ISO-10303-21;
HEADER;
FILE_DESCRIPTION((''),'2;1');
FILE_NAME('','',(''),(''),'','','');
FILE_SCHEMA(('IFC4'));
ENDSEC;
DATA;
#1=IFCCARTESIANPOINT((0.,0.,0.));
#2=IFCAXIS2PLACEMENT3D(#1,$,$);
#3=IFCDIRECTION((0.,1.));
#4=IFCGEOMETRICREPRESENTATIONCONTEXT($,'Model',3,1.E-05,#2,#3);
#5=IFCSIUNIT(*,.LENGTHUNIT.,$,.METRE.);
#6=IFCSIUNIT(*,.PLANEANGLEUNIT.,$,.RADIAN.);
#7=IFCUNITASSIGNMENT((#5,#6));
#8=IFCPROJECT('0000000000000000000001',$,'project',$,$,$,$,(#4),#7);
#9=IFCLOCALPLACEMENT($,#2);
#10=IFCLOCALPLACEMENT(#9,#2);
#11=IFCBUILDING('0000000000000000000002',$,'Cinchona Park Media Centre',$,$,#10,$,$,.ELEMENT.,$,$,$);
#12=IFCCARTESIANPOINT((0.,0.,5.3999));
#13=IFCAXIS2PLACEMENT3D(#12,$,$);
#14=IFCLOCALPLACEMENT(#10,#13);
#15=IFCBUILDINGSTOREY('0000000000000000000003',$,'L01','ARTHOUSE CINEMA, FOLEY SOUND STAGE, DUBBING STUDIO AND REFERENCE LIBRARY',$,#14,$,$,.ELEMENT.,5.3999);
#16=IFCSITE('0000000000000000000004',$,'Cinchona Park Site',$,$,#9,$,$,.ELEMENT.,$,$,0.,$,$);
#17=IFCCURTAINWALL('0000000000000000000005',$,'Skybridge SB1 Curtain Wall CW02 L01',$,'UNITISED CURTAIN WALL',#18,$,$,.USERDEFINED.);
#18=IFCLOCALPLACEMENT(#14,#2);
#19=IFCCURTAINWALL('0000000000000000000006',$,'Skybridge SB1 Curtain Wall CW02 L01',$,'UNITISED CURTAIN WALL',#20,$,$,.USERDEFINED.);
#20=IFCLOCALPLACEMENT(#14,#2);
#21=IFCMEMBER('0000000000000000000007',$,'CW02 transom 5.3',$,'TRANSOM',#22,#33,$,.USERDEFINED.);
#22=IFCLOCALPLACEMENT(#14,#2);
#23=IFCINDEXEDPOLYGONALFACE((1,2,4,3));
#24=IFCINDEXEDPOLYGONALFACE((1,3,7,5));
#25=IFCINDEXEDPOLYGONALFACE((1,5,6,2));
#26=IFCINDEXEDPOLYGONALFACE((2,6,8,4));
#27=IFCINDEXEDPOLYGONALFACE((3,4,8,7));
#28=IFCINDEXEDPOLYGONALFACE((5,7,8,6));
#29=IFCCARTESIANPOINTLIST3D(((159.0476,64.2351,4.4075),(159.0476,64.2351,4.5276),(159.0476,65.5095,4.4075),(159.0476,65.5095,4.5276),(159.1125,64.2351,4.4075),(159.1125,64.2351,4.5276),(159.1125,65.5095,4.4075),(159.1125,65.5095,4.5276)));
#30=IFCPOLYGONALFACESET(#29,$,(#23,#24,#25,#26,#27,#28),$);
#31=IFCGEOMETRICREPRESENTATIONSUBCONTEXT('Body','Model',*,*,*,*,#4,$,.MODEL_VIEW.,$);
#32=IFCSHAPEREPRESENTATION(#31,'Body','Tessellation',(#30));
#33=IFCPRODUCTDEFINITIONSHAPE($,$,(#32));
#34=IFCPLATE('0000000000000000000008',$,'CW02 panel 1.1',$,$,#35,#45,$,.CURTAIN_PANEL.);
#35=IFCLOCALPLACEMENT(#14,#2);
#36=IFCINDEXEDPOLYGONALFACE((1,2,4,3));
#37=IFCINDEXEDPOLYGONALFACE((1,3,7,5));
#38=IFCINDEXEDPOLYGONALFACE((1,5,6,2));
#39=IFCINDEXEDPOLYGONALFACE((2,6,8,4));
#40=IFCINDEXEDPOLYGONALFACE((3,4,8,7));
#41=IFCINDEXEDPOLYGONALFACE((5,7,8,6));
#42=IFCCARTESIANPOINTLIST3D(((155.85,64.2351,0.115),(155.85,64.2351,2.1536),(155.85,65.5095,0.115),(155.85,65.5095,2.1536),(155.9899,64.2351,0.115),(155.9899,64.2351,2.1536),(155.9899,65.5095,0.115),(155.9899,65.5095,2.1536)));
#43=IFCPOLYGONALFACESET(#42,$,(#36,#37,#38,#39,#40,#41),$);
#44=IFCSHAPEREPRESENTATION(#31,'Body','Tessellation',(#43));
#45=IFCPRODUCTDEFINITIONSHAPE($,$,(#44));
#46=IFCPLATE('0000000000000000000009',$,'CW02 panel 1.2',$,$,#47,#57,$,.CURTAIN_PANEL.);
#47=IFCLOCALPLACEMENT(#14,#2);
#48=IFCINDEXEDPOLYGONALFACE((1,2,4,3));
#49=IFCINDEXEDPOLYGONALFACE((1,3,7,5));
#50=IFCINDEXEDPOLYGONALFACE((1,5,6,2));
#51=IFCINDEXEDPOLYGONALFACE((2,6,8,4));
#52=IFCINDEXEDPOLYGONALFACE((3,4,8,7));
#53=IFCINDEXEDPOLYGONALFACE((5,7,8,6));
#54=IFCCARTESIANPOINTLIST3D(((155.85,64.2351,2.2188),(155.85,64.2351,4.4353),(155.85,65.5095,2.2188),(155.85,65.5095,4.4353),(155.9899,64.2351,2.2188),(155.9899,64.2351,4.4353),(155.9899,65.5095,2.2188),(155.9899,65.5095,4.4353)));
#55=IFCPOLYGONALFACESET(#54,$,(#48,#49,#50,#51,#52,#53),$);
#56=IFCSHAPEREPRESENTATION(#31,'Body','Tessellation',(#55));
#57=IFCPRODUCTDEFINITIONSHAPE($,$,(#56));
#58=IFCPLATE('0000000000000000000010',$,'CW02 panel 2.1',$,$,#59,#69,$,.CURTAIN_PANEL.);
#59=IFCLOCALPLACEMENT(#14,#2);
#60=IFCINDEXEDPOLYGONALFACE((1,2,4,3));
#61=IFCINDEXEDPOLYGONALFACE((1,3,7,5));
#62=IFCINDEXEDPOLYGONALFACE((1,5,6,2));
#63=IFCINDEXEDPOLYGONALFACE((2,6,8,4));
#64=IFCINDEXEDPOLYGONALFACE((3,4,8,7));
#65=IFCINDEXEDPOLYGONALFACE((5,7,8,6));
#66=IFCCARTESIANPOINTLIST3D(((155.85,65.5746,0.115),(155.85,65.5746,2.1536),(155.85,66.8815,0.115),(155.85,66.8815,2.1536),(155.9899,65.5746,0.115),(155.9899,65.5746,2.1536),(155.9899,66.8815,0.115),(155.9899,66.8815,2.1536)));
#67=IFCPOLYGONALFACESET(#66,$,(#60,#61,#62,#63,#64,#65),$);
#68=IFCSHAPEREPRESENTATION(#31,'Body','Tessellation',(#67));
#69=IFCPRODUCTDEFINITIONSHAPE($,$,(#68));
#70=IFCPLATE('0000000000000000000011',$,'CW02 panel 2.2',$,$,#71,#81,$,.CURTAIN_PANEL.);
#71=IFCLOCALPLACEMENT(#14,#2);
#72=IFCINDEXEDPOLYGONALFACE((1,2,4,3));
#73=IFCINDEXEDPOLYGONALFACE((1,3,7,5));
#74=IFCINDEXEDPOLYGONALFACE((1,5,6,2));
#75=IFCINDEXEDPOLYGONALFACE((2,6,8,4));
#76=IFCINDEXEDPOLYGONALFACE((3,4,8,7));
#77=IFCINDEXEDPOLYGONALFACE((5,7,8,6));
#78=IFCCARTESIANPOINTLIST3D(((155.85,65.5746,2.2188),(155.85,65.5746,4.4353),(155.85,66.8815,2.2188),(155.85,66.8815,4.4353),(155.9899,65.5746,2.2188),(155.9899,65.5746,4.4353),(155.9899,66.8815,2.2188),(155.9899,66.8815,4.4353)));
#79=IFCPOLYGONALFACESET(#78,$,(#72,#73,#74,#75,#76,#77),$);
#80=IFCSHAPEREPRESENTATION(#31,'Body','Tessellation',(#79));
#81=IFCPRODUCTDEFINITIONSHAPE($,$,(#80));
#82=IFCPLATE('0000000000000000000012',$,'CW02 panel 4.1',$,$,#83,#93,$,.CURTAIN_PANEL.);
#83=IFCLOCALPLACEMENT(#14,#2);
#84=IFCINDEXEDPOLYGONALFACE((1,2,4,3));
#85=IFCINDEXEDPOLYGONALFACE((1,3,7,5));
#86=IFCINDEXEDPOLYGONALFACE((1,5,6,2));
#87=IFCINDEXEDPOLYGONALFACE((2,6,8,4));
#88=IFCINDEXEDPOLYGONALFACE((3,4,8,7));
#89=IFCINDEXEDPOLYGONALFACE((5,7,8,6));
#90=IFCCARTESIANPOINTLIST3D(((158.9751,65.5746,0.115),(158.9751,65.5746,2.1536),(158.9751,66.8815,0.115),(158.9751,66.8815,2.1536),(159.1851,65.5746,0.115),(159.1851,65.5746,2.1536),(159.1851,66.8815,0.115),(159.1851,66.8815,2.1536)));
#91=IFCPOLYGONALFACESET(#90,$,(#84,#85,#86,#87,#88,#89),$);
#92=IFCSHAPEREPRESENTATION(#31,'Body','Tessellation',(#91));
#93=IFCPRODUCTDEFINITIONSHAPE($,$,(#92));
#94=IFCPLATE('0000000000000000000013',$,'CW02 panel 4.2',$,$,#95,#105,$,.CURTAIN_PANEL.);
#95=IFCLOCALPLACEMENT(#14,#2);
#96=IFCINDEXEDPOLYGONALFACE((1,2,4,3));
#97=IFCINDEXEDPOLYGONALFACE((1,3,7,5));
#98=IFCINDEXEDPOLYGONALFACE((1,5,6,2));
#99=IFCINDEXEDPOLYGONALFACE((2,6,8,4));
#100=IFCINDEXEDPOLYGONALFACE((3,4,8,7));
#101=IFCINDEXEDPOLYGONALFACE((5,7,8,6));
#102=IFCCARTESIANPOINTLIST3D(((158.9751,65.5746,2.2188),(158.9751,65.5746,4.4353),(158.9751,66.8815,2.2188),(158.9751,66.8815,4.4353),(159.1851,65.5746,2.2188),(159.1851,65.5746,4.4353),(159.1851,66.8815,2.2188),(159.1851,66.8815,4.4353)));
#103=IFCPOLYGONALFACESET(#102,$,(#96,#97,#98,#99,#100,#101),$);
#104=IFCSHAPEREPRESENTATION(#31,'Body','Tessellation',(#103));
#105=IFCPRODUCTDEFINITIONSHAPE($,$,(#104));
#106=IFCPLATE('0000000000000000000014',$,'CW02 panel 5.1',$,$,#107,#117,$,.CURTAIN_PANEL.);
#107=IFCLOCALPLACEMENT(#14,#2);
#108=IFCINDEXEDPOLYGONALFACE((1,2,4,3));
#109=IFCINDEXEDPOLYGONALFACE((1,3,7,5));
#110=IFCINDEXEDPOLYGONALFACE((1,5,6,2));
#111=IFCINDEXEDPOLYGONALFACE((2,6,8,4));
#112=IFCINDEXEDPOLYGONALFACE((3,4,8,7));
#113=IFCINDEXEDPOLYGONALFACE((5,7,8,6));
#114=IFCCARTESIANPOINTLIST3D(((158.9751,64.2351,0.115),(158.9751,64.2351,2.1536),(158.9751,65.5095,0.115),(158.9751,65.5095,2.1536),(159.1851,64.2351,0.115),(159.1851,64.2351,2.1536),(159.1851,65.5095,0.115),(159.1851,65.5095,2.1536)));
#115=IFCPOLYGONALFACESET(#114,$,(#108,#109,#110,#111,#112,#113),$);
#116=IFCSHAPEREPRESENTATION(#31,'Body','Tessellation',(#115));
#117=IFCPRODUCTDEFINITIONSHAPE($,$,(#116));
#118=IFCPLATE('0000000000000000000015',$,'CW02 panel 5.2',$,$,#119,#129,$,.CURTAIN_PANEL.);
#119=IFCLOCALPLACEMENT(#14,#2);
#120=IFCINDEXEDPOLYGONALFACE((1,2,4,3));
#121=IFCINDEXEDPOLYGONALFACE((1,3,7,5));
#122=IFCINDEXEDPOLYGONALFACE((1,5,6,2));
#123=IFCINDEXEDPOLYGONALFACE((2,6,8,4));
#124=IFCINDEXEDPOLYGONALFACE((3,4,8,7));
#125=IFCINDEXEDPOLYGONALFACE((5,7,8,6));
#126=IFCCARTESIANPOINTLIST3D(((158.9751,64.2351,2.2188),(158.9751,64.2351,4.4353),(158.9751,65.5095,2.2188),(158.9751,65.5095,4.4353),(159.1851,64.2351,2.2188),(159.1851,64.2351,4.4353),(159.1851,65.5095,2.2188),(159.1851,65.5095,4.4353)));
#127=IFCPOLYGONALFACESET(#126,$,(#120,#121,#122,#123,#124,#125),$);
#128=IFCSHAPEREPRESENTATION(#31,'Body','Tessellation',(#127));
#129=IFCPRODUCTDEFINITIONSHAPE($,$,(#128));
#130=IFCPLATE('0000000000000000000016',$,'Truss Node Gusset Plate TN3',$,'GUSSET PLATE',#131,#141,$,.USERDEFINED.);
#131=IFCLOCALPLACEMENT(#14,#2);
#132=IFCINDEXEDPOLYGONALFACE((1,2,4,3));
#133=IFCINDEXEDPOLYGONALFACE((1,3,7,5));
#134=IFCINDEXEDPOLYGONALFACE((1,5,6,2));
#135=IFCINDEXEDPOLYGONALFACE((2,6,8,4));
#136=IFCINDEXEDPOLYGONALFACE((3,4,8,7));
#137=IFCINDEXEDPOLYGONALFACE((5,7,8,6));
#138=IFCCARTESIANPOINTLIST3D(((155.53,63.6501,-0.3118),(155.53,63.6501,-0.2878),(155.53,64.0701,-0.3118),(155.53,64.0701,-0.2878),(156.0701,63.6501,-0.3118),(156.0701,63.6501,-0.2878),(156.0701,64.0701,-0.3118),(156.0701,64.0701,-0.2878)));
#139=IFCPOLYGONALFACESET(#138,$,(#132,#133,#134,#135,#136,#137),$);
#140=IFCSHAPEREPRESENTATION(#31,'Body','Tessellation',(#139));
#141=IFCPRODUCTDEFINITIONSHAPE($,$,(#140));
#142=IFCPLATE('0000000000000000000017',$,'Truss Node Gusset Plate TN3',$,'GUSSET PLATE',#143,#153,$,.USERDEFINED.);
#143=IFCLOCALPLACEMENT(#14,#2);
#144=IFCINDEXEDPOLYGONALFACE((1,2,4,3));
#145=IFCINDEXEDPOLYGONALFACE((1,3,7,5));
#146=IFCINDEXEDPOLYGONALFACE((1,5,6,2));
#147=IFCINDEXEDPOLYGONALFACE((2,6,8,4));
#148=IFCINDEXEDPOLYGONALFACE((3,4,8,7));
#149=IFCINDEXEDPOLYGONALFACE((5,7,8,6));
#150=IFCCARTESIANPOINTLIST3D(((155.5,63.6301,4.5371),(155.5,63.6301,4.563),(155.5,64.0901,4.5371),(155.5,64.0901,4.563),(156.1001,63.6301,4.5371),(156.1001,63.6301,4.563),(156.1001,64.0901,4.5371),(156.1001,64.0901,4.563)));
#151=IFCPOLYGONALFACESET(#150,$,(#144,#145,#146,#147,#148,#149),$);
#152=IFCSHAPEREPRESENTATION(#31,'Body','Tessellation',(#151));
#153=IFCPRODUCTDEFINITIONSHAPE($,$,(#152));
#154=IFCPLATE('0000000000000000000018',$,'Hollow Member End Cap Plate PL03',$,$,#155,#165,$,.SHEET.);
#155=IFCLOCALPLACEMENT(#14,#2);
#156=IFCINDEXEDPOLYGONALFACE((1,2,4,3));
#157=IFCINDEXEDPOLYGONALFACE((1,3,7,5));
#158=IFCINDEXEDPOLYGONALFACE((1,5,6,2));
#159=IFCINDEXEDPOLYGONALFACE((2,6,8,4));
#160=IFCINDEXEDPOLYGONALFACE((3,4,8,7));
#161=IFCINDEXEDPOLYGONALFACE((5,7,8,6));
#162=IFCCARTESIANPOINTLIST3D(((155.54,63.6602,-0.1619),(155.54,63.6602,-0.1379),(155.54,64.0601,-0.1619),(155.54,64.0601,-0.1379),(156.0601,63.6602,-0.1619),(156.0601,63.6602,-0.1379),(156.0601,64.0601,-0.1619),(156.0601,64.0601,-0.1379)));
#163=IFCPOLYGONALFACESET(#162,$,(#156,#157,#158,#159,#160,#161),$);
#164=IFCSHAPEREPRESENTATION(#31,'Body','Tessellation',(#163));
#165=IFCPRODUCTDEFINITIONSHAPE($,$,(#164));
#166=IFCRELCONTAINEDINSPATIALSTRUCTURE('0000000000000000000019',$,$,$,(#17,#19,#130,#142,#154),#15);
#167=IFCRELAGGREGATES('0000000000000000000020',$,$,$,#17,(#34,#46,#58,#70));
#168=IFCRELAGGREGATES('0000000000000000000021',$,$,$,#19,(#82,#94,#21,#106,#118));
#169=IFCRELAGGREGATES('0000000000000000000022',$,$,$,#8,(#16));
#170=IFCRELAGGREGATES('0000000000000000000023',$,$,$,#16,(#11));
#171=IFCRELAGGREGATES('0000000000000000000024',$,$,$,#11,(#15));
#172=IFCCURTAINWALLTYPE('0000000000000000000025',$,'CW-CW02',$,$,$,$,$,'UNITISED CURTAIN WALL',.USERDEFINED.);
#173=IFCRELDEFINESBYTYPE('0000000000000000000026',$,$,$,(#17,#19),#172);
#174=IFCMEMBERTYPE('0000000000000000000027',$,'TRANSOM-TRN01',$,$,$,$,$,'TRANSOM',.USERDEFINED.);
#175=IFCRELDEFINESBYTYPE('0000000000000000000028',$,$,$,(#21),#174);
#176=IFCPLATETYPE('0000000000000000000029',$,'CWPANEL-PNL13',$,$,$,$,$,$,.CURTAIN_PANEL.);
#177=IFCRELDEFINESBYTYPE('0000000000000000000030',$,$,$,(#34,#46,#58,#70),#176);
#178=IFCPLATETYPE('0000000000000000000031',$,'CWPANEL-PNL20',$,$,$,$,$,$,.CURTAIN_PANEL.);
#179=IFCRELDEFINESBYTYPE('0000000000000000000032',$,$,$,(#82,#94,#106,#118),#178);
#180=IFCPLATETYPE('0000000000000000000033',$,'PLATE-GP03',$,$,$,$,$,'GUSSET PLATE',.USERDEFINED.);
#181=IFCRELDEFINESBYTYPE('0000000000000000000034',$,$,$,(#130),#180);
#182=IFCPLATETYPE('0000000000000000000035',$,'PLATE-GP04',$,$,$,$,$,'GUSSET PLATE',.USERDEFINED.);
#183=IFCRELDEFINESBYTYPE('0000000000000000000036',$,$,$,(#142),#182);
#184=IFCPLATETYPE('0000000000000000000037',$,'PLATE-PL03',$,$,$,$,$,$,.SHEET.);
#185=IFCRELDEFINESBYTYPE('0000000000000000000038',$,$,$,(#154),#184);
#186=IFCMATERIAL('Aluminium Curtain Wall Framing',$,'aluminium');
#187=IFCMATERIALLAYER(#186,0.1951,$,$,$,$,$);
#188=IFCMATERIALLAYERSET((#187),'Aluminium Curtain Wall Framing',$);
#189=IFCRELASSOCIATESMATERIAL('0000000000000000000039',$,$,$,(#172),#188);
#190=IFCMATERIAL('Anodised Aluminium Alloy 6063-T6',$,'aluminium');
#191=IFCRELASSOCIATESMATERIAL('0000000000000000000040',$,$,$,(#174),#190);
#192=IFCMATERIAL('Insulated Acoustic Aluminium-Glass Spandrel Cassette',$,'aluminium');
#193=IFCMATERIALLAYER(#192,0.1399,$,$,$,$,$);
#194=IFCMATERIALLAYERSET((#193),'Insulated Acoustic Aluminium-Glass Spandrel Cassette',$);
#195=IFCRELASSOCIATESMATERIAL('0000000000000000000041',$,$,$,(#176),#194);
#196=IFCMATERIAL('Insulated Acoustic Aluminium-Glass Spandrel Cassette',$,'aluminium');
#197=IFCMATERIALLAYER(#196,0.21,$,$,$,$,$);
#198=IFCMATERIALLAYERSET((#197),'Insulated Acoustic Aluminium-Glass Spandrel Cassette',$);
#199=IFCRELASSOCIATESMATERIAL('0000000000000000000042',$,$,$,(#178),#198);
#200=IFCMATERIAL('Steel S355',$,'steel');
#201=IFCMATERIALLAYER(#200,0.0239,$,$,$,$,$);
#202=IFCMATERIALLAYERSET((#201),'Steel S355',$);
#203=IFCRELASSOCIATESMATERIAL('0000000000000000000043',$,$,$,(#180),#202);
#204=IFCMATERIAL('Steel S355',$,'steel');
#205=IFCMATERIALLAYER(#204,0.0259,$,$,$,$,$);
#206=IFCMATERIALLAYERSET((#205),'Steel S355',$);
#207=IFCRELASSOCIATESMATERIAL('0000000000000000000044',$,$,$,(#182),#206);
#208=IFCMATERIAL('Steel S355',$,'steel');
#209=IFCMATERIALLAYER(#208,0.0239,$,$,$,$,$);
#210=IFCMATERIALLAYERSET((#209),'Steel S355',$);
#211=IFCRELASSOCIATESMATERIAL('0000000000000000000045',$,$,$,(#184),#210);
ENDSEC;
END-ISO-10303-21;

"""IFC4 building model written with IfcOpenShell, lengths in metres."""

from ifc_helpers import new_model, si_unit, direction, frame, origin, origin_2d, place, context, subcontext, project, spatial, rectangle, extrude, material, layer, layer_set, material_profile, profile_set, type_object, element, aggregate, save


model = new_model("IFC4")

# Units and contexts
model_context = context("Model", 3, precision=1e-05, world=origin(), true_north=direction((0.0, 1.0)))
body_context = subcontext(model_context, "Body", "Model", "MODEL_VIEW")
ifc_project = project(units=[si_unit("LENGTHUNIT", "METRE"), si_unit("PLANEANGLEUNIT", "RADIAN")], contexts=[model_context])

# Site, building, storey
site_placement = place(None, origin())
site = spatial("IfcSite", under=ifc_project, at=site_placement, Name="Cinchona Park Site", CompositionType="ELEMENT", RefElevation=0.0)
building_placement = place(site_placement, origin())
building = spatial("IfcBuilding", under=site, at=building_placement, Name="Cinchona Park Media Centre", CompositionType="ELEMENT")
storey_placement = place(building_placement, frame((0.0, 0.0, 5.3999)))
storey = spatial("IfcBuildingStorey", under=building, at=storey_placement, Name="L01", Description="ARTHOUSE CINEMA, FOLEY SOUND STAGE, DUBBING STUDIO AND REFERENCE LIBRARY", CompositionType="ELEMENT", Elevation=5.3999)

# Curtain walls
ifc_material_1 = material(Name="Aluminium Curtain Wall Framing", Category="aluminium")
ifc_layer_1 = layer(ifc_material_1, 0.1951)
ifc_layer_set_1 = layer_set([ifc_layer_1], Name="Aluminium Curtain Wall Framing")
curtain_wall_type = type_object("IfcCurtainWallType", Name="CW-CW02", ElementType="UNITISED CURTAIN WALL", PredefinedType="USERDEFINED", material=ifc_layer_set_1)
curtain_wall_1_placement = place(storey_placement, origin())
curtain_wall_1 = element("IfcCurtainWall", 1, at=curtain_wall_1_placement, inside=storey, type_object=curtain_wall_type, Name="Skybridge SB1 Curtain Wall CW02 L01", ObjectType="UNITISED CURTAIN WALL", PredefinedType="USERDEFINED")
curtain_wall_2_placement = place(storey_placement, origin())
curtain_wall_2 = element("IfcCurtainWall", 2, at=curtain_wall_2_placement, inside=storey, type_object=curtain_wall_type, Name="Skybridge SB1 Curtain Wall CW02 L01", ObjectType="UNITISED CURTAIN WALL", PredefinedType="USERDEFINED")

# Member
ifc_material_2 = material(Name="Anodised Aluminium Alloy 6063-T6", Category="aluminium")
ifc_material_profile_1 = material_profile(ifc_material_2, rectangle(XDim=0.0649, YDim=0.1201, at=origin_2d()), Name="TRN-65X120")
ifc_profile_set_1 = profile_set([ifc_material_profile_1], Name="Anodised Aluminium Alloy 6063-T6")
member_type_1 = type_object("IfcMemberType", Name="TRANSOM-TRN01", ElementType="TRANSOM", PredefinedType="USERDEFINED", material=ifc_profile_set_1)
member_1_placement = place(storey_placement, frame((159.0801, 65.5095, 4.4675), z_axis=(0.0, -1.0, 0.0), x_axis=(1.0, 0.0, 0.0)))
member_1 = element("IfcMember", 3, at=member_1_placement, type_object=member_type_1, Name="CW02 transom 5.3", ObjectType="TRANSOM", PredefinedType="USERDEFINED", context=body_context, shape_type="SweptSolid", body=[
    extrude(rectangle(XDim=0.0649, YDim=0.1201, at=origin_2d()), origin(), (0.0, 0.0, 1.0), 1.2744),
])

# Plates
ifc_material_3 = material(Name="Insulated Acoustic Aluminium-Glass Spandrel Cassette", Category="aluminium")
ifc_layer_2 = layer(ifc_material_3, 0.1399)
ifc_layer_set_2 = layer_set([ifc_layer_2], Name="Insulated Acoustic Aluminium-Glass Spandrel Cassette")
plate_type_1 = type_object("IfcPlateType", Name="CWPANEL-PNL13", PredefinedType="CURTAIN_PANEL", material=ifc_layer_set_2)
plate_1_placement = place(storey_placement, frame((155.9199, 64.8723, 0.115), z_axis=(0.0, 0.0, 1.0), x_axis=(0.0, 1.0, 0.0)))
plate_1 = element("IfcPlate", 4, at=plate_1_placement, type_object=plate_type_1, Name="CW02 panel 1.1", PredefinedType="CURTAIN_PANEL", context=body_context, shape_type="SweptSolid", body=[
    extrude(rectangle(XDim=1.2744, YDim=0.1399, at=origin_2d()), origin(), (0.0, 0.0, 1.0), 2.0386),
])
plate_2_placement = place(storey_placement, frame((155.9199, 64.8723, 2.2188), z_axis=(0.0, 0.0, 1.0), x_axis=(0.0, 1.0, 0.0)))
plate_2 = element("IfcPlate", 5, at=plate_2_placement, type_object=plate_type_1, Name="CW02 panel 1.2", PredefinedType="CURTAIN_PANEL", context=body_context, shape_type="SweptSolid", body=[
    extrude(rectangle(XDim=1.2744, YDim=0.1399, at=origin_2d()), origin(), (0.0, 0.0, 1.0), 2.2166),
])
plate_3_placement = place(storey_placement, frame((155.9199, 66.228, 0.115), z_axis=(0.0, 0.0, 1.0), x_axis=(0.0, 1.0, 0.0)))
plate_3 = element("IfcPlate", 6, at=plate_3_placement, type_object=plate_type_1, Name="CW02 panel 2.1", PredefinedType="CURTAIN_PANEL", context=body_context, shape_type="SweptSolid", body=[
    extrude(rectangle(XDim=1.3069, YDim=0.1399, at=origin_2d()), origin(), (0.0, 0.0, 1.0), 2.0386),
])
plate_4_placement = place(storey_placement, frame((155.9199, 66.228, 2.2188), z_axis=(0.0, 0.0, 1.0), x_axis=(0.0, 1.0, 0.0)))
plate_4 = element("IfcPlate", 7, at=plate_4_placement, type_object=plate_type_1, Name="CW02 panel 2.2", PredefinedType="CURTAIN_PANEL", context=body_context, shape_type="SweptSolid", body=[
    extrude(rectangle(XDim=1.3069, YDim=0.1399, at=origin_2d()), origin(), (0.0, 0.0, 1.0), 2.2166),
])
aggregate(curtain_wall_1, [plate_1, plate_2, plate_3, plate_4])
ifc_material_4 = material(Name="Insulated Acoustic Aluminium-Glass Spandrel Cassette", Category="aluminium")
ifc_layer_3 = layer(ifc_material_4, 0.21)
ifc_layer_set_3 = layer_set([ifc_layer_3], Name="Insulated Acoustic Aluminium-Glass Spandrel Cassette")
plate_type_2 = type_object("IfcPlateType", Name="CWPANEL-PNL20", PredefinedType="CURTAIN_PANEL", material=ifc_layer_set_3)
plate_5_placement = place(storey_placement, frame((159.0801, 66.228, 0.115), z_axis=(0.0, 0.0, 1.0), x_axis=(0.0, -1.0, 0.0)))
plate_5 = element("IfcPlate", 8, at=plate_5_placement, type_object=plate_type_2, Name="CW02 panel 4.1", PredefinedType="CURTAIN_PANEL", context=body_context, shape_type="SweptSolid", body=[
    extrude(rectangle(XDim=1.3069, YDim=0.21, at=origin_2d()), origin(), (0.0, 0.0, 1.0), 2.0386),
])
plate_6_placement = place(storey_placement, frame((159.0801, 66.228, 2.2188), z_axis=(0.0, 0.0, 1.0), x_axis=(0.0, -1.0, 0.0)))
plate_6 = element("IfcPlate", 9, at=plate_6_placement, type_object=plate_type_2, Name="CW02 panel 4.2", PredefinedType="CURTAIN_PANEL", context=body_context, shape_type="SweptSolid", body=[
    extrude(rectangle(XDim=1.3069, YDim=0.21, at=origin_2d()), origin(), (0.0, 0.0, 1.0), 2.2166),
])
plate_7_placement = place(storey_placement, frame((159.0801, 64.8723, 0.115), z_axis=(0.0, 0.0, 1.0), x_axis=(0.0, -1.0, 0.0)))
plate_7 = element("IfcPlate", 10, at=plate_7_placement, type_object=plate_type_2, Name="CW02 panel 5.1", PredefinedType="CURTAIN_PANEL", context=body_context, shape_type="SweptSolid", body=[
    extrude(rectangle(XDim=1.2744, YDim=0.21, at=origin_2d()), origin(), (0.0, 0.0, 1.0), 2.0386),
])
plate_8_placement = place(storey_placement, frame((159.0801, 64.8723, 2.2188), z_axis=(0.0, 0.0, 1.0), x_axis=(0.0, -1.0, 0.0)))
plate_8 = element("IfcPlate", 11, at=plate_8_placement, type_object=plate_type_2, Name="CW02 panel 5.2", PredefinedType="CURTAIN_PANEL", context=body_context, shape_type="SweptSolid", body=[
    extrude(rectangle(XDim=1.2744, YDim=0.21, at=origin_2d()), origin(), (0.0, 0.0, 1.0), 2.2166),
])
aggregate(curtain_wall_2, [plate_5, plate_6, member_1, plate_7, plate_8])

# Plates
ifc_material_5 = material(Name="Steel S355", Category="steel")
ifc_layer_4 = layer(ifc_material_5, 0.0239)
ifc_layer_set_4 = layer_set([ifc_layer_4], Name="Steel S355")
plate_type_3 = type_object("IfcPlateType", Name="PLATE-GP03", ElementType="GUSSET PLATE", PredefinedType="USERDEFINED", material=ifc_layer_set_4)
plate_9_placement = place(storey_placement, frame((155.8, 63.8601, -0.3118), z_axis=(0.0, 0.0, 1.0), x_axis=(1.0, 0.0, 0.0)))
element("IfcPlate", 12, at=plate_9_placement, inside=storey, type_object=plate_type_3, Name="Truss Node Gusset Plate TN3", ObjectType="GUSSET PLATE", PredefinedType="USERDEFINED", context=body_context, shape_type="SweptSolid", body=[
    extrude(rectangle(XDim=0.54, YDim=0.4199, at=origin_2d()), origin(), (0.0, 0.0, 1.0), 0.0239),
])
ifc_material_6 = material(Name="Steel S355", Category="steel")
ifc_layer_5 = layer(ifc_material_6, 0.0259)
ifc_layer_set_5 = layer_set([ifc_layer_5], Name="Steel S355")
plate_type_4 = type_object("IfcPlateType", Name="PLATE-GP04", ElementType="GUSSET PLATE", PredefinedType="USERDEFINED", material=ifc_layer_set_5)
plate_10_placement = place(storey_placement, frame((155.8, 63.8601, 4.5371), z_axis=(0.0, 0.0, 1.0), x_axis=(1.0, 0.0, 0.0)))
element("IfcPlate", 13, at=plate_10_placement, inside=storey, type_object=plate_type_4, Name="Truss Node Gusset Plate TN3", ObjectType="GUSSET PLATE", PredefinedType="USERDEFINED", context=body_context, shape_type="SweptSolid", body=[
    extrude(rectangle(XDim=0.6001, YDim=0.46, at=origin_2d()), origin(), (0.0, 0.0, 1.0), 0.0259),
])
ifc_material_7 = material(Name="Steel S355", Category="steel")
ifc_layer_6 = layer(ifc_material_7, 0.0239)
ifc_layer_set_6 = layer_set([ifc_layer_6], Name="Steel S355")
plate_type_5 = type_object("IfcPlateType", Name="PLATE-PL03", PredefinedType="SHEET", material=ifc_layer_set_6)
plate_11_placement = place(storey_placement, frame((155.8, 63.8601, -0.1619), z_axis=(0.0, 0.0, 1.0), x_axis=(1.0, 0.0, 0.0)))
element("IfcPlate", 14, at=plate_11_placement, inside=storey, type_object=plate_type_5, Name="Hollow Member End Cap Plate PL03", PredefinedType="SHEET", context=body_context, shape_type="SweptSolid", body=[
    extrude(rectangle(XDim=0.52, YDim=0.3999, at=origin_2d()), origin(), (0.0, 0.0, 1.0), 0.0239),
])

save(model, "model.ifc")
